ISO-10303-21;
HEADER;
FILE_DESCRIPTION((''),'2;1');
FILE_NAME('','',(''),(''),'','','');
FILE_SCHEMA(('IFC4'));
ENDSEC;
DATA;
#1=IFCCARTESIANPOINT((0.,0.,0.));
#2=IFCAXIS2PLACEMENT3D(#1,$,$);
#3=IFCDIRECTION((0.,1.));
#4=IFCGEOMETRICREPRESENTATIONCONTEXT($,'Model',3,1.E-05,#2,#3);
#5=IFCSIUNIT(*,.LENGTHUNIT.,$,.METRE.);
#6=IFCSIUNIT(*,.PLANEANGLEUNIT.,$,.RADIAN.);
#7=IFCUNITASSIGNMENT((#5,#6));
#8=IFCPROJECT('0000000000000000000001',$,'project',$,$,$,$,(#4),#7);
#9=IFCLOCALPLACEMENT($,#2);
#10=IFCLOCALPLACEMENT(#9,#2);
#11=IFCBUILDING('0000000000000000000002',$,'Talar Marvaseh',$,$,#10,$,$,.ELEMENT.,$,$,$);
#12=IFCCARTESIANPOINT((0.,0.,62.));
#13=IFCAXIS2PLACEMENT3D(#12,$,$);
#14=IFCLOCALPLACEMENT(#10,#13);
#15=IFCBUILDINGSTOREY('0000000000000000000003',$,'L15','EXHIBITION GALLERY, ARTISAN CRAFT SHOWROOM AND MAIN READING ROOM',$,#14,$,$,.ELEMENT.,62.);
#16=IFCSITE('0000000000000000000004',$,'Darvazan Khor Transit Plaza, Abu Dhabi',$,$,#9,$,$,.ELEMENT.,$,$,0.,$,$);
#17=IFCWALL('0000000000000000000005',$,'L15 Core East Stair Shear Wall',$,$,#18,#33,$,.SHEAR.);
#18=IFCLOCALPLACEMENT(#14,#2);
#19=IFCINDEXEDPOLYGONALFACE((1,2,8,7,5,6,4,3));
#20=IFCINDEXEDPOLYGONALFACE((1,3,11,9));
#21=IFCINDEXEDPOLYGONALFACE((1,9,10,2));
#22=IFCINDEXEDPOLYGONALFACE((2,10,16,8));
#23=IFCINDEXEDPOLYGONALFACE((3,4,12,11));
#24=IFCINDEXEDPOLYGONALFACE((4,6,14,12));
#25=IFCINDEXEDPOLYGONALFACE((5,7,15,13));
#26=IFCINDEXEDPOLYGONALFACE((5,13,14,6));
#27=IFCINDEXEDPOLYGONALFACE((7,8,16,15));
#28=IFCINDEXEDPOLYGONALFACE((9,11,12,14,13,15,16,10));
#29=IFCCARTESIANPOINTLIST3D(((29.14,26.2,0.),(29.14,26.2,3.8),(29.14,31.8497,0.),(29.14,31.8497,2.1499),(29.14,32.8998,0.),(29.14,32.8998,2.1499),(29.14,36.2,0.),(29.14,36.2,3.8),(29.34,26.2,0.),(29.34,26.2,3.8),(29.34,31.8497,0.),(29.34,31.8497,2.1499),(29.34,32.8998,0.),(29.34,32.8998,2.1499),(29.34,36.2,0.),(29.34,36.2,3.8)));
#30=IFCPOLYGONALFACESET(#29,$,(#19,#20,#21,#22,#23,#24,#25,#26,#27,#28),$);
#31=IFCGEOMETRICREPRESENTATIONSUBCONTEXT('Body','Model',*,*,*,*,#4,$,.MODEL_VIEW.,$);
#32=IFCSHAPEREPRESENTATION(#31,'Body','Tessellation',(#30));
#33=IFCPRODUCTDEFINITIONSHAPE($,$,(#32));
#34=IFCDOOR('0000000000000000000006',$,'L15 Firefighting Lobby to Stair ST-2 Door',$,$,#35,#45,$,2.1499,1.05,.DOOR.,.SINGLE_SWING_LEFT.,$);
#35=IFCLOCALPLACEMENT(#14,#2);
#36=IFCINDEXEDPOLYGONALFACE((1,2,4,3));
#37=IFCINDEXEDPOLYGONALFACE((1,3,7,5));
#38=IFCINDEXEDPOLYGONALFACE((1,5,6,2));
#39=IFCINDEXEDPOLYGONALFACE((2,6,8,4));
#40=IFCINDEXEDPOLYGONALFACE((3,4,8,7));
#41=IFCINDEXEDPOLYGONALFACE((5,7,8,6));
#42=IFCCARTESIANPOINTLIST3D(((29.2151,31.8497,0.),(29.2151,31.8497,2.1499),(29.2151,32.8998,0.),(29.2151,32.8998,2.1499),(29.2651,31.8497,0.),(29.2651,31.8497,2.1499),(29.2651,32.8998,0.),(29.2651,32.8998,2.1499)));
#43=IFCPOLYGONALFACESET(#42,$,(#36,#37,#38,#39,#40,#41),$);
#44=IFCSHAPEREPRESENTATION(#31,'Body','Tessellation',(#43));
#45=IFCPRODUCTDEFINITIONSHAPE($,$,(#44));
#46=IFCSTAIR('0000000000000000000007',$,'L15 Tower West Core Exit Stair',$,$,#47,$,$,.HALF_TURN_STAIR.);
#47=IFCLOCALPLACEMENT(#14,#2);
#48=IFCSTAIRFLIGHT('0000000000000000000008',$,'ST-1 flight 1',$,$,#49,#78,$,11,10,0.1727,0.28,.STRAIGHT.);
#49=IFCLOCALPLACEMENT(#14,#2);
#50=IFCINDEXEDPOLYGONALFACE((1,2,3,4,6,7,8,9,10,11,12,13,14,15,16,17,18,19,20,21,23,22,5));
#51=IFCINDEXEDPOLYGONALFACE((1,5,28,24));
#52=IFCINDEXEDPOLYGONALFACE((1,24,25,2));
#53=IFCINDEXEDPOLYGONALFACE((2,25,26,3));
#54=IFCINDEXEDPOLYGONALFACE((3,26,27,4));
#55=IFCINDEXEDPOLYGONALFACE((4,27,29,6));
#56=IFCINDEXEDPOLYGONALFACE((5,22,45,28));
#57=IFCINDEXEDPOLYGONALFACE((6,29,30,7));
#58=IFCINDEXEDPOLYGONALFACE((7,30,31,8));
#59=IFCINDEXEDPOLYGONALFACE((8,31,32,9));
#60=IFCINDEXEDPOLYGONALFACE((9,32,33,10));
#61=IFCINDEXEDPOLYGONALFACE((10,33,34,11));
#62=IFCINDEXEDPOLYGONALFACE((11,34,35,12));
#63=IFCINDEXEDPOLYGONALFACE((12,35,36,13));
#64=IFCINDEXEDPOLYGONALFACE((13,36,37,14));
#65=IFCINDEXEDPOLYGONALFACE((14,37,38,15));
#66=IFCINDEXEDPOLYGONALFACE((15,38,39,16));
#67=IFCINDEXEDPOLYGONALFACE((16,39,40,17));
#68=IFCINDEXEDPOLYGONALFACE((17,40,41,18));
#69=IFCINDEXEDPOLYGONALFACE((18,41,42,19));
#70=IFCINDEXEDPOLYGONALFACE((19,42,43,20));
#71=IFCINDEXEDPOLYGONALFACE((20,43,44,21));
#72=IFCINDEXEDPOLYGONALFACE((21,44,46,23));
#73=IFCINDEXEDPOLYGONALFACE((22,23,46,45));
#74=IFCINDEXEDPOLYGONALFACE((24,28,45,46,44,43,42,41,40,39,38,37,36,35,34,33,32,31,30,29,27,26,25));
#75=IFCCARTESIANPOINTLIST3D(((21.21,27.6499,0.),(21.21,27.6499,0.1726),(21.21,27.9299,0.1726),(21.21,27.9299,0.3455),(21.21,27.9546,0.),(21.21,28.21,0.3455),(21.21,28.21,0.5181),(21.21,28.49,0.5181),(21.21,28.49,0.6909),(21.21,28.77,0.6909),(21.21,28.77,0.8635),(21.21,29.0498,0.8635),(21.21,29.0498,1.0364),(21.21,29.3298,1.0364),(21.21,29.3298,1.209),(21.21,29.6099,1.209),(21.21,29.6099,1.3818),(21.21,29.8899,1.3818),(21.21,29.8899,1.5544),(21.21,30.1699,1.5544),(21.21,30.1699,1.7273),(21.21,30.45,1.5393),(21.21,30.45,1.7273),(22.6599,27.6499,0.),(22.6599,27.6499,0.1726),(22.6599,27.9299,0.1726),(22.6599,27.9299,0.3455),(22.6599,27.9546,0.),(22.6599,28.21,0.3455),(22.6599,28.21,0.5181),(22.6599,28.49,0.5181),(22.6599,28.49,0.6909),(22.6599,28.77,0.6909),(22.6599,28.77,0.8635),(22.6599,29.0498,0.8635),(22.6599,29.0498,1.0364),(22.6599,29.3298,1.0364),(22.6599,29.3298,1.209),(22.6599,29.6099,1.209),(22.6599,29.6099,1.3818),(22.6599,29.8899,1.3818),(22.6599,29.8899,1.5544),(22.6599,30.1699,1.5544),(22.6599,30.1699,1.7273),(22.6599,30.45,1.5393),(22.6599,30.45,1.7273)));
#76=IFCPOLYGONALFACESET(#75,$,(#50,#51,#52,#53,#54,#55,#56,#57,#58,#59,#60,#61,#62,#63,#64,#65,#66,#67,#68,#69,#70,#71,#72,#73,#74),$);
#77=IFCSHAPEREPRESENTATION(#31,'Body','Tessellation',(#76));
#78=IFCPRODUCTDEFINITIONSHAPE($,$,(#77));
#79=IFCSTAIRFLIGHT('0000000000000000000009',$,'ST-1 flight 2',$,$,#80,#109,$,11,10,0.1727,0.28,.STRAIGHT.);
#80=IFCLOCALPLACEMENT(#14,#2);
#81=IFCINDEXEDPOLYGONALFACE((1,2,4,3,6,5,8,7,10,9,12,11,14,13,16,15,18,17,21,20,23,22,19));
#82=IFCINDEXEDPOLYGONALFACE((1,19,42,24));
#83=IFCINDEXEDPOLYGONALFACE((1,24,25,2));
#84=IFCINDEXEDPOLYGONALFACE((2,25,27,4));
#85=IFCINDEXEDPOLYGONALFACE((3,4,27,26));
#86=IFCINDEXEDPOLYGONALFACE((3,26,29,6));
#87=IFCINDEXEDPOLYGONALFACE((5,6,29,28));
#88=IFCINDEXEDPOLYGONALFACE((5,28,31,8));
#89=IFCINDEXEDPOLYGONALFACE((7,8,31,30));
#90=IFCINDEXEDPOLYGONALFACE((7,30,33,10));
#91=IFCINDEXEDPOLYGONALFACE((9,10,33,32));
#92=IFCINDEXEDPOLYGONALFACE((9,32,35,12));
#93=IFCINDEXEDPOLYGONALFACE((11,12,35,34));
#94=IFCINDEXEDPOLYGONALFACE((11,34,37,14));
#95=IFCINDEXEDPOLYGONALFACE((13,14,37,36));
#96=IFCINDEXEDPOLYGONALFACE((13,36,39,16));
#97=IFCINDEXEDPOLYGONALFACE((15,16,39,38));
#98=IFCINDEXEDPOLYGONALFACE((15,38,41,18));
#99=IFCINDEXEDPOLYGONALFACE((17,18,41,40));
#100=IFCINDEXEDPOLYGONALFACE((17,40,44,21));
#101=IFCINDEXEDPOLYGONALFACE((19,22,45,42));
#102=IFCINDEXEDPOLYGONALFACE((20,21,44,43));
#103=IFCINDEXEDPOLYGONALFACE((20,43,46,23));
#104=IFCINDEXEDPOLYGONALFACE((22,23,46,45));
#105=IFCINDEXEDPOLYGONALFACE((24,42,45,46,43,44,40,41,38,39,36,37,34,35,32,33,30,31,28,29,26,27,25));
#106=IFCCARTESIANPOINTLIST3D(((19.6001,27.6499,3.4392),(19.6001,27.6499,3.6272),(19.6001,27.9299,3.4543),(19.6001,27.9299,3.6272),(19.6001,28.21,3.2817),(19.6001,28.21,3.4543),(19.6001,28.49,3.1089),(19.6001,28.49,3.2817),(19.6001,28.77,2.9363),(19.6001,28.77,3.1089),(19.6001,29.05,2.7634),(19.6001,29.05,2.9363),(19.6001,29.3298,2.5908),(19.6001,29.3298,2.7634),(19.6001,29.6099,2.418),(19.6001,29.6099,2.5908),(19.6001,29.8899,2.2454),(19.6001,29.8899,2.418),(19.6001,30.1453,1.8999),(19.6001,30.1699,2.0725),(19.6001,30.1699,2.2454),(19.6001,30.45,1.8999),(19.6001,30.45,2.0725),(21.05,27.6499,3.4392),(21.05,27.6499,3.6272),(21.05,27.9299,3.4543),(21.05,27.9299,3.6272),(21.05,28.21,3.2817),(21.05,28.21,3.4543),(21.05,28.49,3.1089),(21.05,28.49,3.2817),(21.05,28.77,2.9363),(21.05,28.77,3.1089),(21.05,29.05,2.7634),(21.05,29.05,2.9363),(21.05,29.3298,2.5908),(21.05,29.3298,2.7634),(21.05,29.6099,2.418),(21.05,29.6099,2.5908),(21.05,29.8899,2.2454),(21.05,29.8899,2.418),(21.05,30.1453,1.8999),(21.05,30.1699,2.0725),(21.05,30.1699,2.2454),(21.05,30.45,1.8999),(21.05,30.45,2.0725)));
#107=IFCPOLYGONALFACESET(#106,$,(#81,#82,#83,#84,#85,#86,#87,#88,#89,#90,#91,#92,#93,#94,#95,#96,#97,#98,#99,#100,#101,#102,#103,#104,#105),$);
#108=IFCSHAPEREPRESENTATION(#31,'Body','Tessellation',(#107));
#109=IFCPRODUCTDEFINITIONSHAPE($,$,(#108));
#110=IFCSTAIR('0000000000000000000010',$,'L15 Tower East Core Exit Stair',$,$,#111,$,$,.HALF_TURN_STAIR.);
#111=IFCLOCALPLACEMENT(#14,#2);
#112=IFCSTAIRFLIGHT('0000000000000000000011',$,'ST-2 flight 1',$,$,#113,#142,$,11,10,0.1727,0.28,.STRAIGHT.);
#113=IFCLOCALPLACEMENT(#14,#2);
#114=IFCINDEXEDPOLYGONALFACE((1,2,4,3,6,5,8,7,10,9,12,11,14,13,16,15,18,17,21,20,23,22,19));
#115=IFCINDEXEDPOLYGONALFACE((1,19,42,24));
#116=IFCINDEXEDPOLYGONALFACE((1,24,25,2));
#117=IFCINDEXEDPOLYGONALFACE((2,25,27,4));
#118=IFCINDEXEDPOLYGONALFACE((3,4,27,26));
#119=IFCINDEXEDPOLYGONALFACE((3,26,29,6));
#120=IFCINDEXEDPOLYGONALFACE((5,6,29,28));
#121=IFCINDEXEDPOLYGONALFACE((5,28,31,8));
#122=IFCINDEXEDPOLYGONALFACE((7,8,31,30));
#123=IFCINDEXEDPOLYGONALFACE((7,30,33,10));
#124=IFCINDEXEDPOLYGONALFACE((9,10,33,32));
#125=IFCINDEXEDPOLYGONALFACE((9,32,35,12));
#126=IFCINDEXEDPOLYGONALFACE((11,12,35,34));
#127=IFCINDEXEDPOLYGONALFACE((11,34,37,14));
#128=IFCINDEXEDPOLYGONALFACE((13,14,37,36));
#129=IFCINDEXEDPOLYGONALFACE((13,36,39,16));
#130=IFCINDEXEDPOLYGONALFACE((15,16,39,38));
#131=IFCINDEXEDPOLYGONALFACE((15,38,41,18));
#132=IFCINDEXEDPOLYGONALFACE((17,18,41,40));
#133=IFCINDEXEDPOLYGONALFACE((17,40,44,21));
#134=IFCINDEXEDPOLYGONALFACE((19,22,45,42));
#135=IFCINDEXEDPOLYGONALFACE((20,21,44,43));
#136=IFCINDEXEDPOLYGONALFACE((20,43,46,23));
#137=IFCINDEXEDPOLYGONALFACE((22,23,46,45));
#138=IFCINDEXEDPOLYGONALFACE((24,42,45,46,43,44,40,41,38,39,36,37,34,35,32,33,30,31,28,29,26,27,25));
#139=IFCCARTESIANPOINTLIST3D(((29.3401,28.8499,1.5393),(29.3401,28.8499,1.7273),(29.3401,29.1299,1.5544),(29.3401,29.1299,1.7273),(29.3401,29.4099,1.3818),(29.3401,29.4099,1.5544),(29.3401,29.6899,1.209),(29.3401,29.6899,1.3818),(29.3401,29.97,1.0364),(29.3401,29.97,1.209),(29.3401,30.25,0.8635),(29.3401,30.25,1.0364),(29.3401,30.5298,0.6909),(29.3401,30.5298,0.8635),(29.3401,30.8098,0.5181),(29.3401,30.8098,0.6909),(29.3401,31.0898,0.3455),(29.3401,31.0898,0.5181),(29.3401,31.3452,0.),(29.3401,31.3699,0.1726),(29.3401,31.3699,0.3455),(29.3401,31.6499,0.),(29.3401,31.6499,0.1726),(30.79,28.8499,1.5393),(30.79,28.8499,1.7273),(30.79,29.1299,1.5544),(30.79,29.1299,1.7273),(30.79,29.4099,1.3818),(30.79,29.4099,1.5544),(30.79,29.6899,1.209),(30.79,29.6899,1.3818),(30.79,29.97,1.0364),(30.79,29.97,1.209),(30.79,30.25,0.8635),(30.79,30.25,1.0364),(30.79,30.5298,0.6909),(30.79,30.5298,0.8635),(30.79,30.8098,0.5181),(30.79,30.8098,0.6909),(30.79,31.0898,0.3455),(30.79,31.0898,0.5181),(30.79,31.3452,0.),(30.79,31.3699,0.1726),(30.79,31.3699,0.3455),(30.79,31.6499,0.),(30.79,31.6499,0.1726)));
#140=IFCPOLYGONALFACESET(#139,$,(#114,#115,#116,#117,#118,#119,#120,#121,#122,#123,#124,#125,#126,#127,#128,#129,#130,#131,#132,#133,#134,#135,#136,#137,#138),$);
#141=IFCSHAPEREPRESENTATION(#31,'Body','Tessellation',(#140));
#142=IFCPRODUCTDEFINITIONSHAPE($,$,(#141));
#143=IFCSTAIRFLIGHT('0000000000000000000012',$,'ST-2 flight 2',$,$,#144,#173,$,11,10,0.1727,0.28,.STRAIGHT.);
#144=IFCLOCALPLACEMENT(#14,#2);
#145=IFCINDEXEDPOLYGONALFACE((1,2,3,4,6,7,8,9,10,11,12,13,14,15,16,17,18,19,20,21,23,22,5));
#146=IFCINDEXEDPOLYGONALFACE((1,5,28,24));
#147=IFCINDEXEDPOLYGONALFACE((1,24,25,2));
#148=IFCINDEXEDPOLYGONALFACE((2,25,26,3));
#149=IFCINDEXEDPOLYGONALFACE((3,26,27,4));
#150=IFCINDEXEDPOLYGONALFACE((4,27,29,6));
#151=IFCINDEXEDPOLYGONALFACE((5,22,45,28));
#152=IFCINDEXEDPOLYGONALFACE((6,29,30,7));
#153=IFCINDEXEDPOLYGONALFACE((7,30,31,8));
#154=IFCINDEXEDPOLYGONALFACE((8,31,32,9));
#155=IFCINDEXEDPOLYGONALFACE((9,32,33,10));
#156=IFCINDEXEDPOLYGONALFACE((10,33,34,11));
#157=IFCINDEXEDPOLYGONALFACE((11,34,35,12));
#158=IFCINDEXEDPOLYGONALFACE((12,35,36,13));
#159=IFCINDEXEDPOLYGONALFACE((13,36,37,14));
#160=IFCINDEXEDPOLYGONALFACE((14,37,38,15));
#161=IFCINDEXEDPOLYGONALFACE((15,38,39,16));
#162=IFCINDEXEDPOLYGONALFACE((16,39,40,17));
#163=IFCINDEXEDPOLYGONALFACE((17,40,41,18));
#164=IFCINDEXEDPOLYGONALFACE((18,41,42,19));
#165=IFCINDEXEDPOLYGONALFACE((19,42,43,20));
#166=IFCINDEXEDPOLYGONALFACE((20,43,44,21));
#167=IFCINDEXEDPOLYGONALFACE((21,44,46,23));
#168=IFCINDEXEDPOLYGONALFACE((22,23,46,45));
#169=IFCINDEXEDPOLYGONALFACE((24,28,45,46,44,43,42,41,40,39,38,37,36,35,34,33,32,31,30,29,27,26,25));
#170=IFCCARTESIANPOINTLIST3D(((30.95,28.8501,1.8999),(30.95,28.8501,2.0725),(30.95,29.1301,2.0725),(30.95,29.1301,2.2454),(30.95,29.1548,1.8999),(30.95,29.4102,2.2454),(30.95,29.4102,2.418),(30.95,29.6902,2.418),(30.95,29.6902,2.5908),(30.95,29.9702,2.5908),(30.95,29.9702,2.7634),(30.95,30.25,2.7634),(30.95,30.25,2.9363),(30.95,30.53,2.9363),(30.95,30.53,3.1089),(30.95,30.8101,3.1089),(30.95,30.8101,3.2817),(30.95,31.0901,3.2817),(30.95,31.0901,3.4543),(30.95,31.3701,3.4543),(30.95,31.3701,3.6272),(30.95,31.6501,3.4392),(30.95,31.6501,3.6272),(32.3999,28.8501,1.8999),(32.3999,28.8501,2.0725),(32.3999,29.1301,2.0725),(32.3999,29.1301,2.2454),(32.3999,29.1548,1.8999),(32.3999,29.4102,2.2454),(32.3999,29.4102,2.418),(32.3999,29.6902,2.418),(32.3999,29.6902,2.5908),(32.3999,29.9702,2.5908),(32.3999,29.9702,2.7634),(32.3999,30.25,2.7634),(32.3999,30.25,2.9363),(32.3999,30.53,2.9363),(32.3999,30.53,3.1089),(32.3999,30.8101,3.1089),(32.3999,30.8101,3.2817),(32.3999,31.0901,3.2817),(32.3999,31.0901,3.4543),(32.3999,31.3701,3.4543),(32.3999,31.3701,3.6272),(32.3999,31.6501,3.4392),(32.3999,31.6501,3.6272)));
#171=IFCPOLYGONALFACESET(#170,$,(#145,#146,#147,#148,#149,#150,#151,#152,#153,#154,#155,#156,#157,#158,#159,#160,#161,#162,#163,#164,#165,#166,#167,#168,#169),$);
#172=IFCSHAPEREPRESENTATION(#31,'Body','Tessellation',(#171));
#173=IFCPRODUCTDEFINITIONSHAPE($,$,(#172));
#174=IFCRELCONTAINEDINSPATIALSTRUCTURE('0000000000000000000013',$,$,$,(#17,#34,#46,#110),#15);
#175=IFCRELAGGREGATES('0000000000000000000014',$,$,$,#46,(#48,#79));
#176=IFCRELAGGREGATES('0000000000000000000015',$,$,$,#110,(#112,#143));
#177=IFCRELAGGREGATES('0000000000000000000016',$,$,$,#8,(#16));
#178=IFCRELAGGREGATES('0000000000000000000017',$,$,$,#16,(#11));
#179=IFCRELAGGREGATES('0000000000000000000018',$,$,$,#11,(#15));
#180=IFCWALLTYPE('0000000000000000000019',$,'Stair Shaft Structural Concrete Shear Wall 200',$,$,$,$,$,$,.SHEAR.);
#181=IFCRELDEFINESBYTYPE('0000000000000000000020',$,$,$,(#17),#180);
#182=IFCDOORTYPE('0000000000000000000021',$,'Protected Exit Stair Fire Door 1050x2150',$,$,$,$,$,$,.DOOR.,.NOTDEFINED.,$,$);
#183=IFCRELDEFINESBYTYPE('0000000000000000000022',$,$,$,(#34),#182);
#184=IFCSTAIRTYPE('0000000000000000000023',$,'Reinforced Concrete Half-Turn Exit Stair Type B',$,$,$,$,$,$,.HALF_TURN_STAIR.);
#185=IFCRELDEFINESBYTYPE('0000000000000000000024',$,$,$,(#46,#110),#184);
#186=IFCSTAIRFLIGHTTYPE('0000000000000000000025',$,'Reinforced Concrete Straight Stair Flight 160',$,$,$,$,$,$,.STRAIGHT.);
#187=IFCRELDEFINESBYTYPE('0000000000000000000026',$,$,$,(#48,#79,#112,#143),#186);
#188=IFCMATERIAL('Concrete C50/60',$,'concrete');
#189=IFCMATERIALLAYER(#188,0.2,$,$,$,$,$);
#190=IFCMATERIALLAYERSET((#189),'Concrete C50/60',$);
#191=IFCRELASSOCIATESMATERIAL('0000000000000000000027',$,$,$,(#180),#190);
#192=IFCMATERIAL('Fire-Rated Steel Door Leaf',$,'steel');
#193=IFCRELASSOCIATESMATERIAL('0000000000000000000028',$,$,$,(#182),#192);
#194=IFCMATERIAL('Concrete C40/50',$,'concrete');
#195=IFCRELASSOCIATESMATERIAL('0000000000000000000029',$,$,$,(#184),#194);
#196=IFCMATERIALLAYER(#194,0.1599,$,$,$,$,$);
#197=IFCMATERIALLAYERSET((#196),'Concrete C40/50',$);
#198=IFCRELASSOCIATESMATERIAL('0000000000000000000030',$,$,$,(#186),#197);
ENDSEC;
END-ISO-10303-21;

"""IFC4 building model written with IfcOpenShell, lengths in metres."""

from ifc_helpers import new_model, si_unit, direction, frame, frame_2d, origin, place, context, subcontext, project, spatial, polyline, rectangle, outline, extrude, source, transform, mapped, material, layer, layer_set, type_object, type_shapes, element, fill, aggregate, save


model = new_model("IFC4")

# Units and contexts
model_context = context("Model", 3, precision=1e-05, world=origin(), true_north=direction((0.0, 1.0)))
body_context = subcontext(model_context, "Body", "Model", "MODEL_VIEW")
ifc_project = project(units=[si_unit("LENGTHUNIT", "METRE"), si_unit("PLANEANGLEUNIT", "RADIAN")], contexts=[model_context])

# Site, building, storey
site_placement = place(None, origin())
site = spatial("IfcSite", under=ifc_project, at=site_placement, Name="Darvazan Khor Transit Plaza, Abu Dhabi", CompositionType="ELEMENT", RefElevation=0.0)
building_placement = place(site_placement, origin())
building = spatial("IfcBuilding", under=site, at=building_placement, Name="Talar Marvaseh", CompositionType="ELEMENT")
storey_placement = place(building_placement, frame((0.0, 0.0, 62.0)))
storey = spatial("IfcBuildingStorey", under=building, at=storey_placement, Name="L15", Description="EXHIBITION GALLERY, ARTISAN CRAFT SHOWROOM AND MAIN READING ROOM", CompositionType="ELEMENT", Elevation=62.0)

# Shared definitions
ifc_material_1 = material(Name="Concrete C40/50", Category="concrete")

# Shared definitions
ifc_material_2 = material(Name="Fire-Rated Steel Door Leaf", Category="steel")

# Shared definitions
ifc_material_3 = material(Name="Concrete C50/60", Category="concrete")
ifc_layer_1 = layer(ifc_material_3, 0.2)
ifc_layer_set_1 = layer_set([ifc_layer_1], Name="Concrete C50/60")
wall_type_1 = type_object("IfcWallType", Name="Stair Shaft Structural Concrete Shear Wall 200", PredefinedType="SHEAR", material=ifc_layer_set_1)

# Wall, opening, door
wall_1_placement = place(storey_placement, frame((29.24, 26.2, 0.0), z_axis=(0.0, 0.0, 1.0), x_axis=(0.0, 1.0, 0.0)))
wall_1 = element("IfcWall", 1, at=wall_1_placement, inside=storey, type_object=wall_type_1, Name="L15 Core East Stair Shear Wall", PredefinedType="SHEAR", context=body_context, shape_type="SweptSolid", body=[
    extrude(rectangle(XDim=10.0, YDim=0.2, at=frame_2d((5.0, 0.0))), origin(), (0.0, 0.0, 1.0), 3.8),
])
opening_1_placement = place(wall_1_placement, frame((5.6499, 0.0, 0.0)))
opening_1 = element("IfcOpeningElement", 2, at=opening_1_placement, cuts=wall_1, PredefinedType="OPENING", context=body_context, shape_type="SweptSolid", body=[
    extrude(rectangle(XDim=1.05, YDim=2.1499, at=frame_2d((0.5249, 1.075))), frame((0.0, 0.1099, 0.0), z_axis=(0.0, -1.0, 0.0), x_axis=(1.0, 0.0, 0.0)), (0.0, 0.0, 1.0), 0.22),
])
door_type_1 = type_object("IfcDoorType", Name="Protected Exit Stair Fire Door 1050x2150", OperationType="NOTDEFINED", PredefinedType="DOOR", material=ifc_material_2)
shared_shape_1 = source(origin(), body_context, "Body", "SweptSolid", [
    extrude(rectangle(XDim=1.05, YDim=2.1499, at=frame_2d((0.5249, 1.075))), frame((0.0, 0.0249, 0.0), z_axis=(0.0, -1.0, 0.0), x_axis=(1.0, 0.0, 0.0)), (0.0, 0.0, 1.0), 0.05),
])
type_shapes(door_type_1, [shared_shape_1])
door_1_placement = place(opening_1_placement, origin())
door_1 = element("IfcDoor", 3, at=door_1_placement, inside=storey, type_object=door_type_1, Name="L15 Firefighting Lobby to Stair ST-2 Door", OperationType="SINGLE_SWING_LEFT", OverallHeight=2.1499, OverallWidth=1.05, PredefinedType="DOOR", context=body_context, shape_type="MappedRepresentation", body=[
    mapped(shared_shape_1, transform((0.0, 0.0, 0.0), x_axis=(1.0, 0.0, 0.0), y_axis=(0.0, 1.0, 0.0), z_axis=(0.0, 0.0, 1.0), scale=1.0)),
])
fill(opening_1, door_1)

# Stairs, stair flights
stair_type = type_object("IfcStairType", Name="Reinforced Concrete Half-Turn Exit Stair Type B", PredefinedType="HALF_TURN_STAIR", material=ifc_material_1)
stair_1_placement = place(storey_placement, origin())
stair_1 = element("IfcStair", 4, at=stair_1_placement, inside=storey, type_object=stair_type, Name="L15 Tower West Core Exit Stair", PredefinedType="HALF_TURN_STAIR")
ifc_layer_2 = layer(ifc_material_1, 0.1599)
ifc_layer_set_2 = layer_set([ifc_layer_2], Name="Concrete C40/50")
stair_flight_type = type_object("IfcStairFlightType", Name="Reinforced Concrete Straight Stair Flight 160", PredefinedType="STRAIGHT", material=ifc_layer_set_2)
stair_flight_1_placement = place(storey_placement, frame((21.9351, 27.6499, 0.0), z_axis=(0.0, 0.0, 1.0), x_axis=(0.0, 1.0, 0.0)))
stair_flight_1 = element("IfcStairFlight", 5, at=stair_flight_1_placement, type_object=stair_flight_type, Name="ST-1 flight 1", NumberOfRisers=11, NumberOfTreads=10, PredefinedType="STRAIGHT", RiserHeight=0.1727, TreadLength=0.28, context=body_context, shape_type="SweptSolid", body=[
    extrude(outline(polyline([(0.0, 0.0), (0.0, 0.1726), (0.28, 0.1726), (0.28, 0.3455), (0.5601, 0.3455), (0.5601, 0.5181), (0.8401, 0.5181), (0.8401, 0.6909), (1.1201, 0.6909), (1.1201, 0.8635), (1.3999, 0.8635), (1.3999, 1.0364), (1.6799, 1.0364), (1.6799, 1.209), (1.96, 1.209), (1.96, 1.3818), (2.24, 1.3818), (2.24, 1.5544), (2.52, 1.5544), (2.52, 1.7273), (2.8, 1.7273), (2.8, 1.8999), (2.8, 1.5393), (0.3047, 0.0), (0.0, 0.0)])), frame((0.0, 0.7251, 0.0), z_axis=(0.0, -1.0, 0.0), x_axis=(1.0, 0.0, 0.0)), (0.0, 0.0, 1.0), 1.45),
])
stair_flight_2_placement = place(storey_placement, frame((20.325, 30.45, 1.8999), z_axis=(0.0, 0.0, 1.0), x_axis=(0.0, -1.0, 0.0)))
stair_flight_2 = element("IfcStairFlight", 6, at=stair_flight_2_placement, type_object=stair_flight_type, Name="ST-1 flight 2", NumberOfRisers=11, NumberOfTreads=10, PredefinedType="STRAIGHT", RiserHeight=0.1727, TreadLength=0.28, context=body_context, shape_type="SweptSolid", body=[
    extrude(outline(polyline([(0.0, 0.0), (0.0, 0.1726), (0.28, 0.1726), (0.28, 0.3455), (0.5601, 0.3455), (0.5601, 0.5181), (0.8401, 0.5181), (0.8401, 0.6909), (1.1201, 0.6909), (1.1201, 0.8635), (1.3999, 0.8635), (1.3999, 1.0364), (1.6799, 1.0364), (1.6799, 1.209), (1.96, 1.209), (1.96, 1.3818), (2.24, 1.3818), (2.24, 1.5544), (2.52, 1.5544), (2.52, 1.7273), (2.8, 1.7273), (2.8, 1.8999), (2.8, 1.5393), (0.3047, 0.0), (0.0, 0.0)])), frame((0.0, 0.7251, 0.0), z_axis=(0.0, -1.0, 0.0), x_axis=(1.0, 0.0, 0.0)), (0.0, 0.0, 1.0), 1.45),
])
aggregate(stair_1, [stair_flight_1, stair_flight_2])
stair_2_placement = place(storey_placement, origin())
stair_2 = element("IfcStair", 7, at=stair_2_placement, inside=storey, type_object=stair_type, Name="L15 Tower East Core Exit Stair", PredefinedType="HALF_TURN_STAIR")
stair_flight_3_placement = place(storey_placement, frame((30.0649, 31.6499, 0.0), z_axis=(0.0, 0.0, 1.0), x_axis=(0.0, -1.0, 0.0)))
stair_flight_3 = element("IfcStairFlight", 8, at=stair_flight_3_placement, type_object=stair_flight_type, Name="ST-2 flight 1", NumberOfRisers=11, NumberOfTreads=10, PredefinedType="STRAIGHT", RiserHeight=0.1727, TreadLength=0.28, context=body_context, shape_type="SweptSolid", body=[
    extrude(outline(polyline([(0.0, 0.0), (0.0, 0.1726), (0.28, 0.1726), (0.28, 0.3455), (0.5601, 0.3455), (0.5601, 0.5181), (0.8401, 0.5181), (0.8401, 0.6909), (1.1201, 0.6909), (1.1201, 0.8635), (1.3999, 0.8635), (1.3999, 1.0364), (1.6799, 1.0364), (1.6799, 1.209), (1.96, 1.209), (1.96, 1.3818), (2.24, 1.3818), (2.24, 1.5544), (2.52, 1.5544), (2.52, 1.7273), (2.8, 1.7273), (2.8, 1.8999), (2.8, 1.5393), (0.3047, 0.0), (0.0, 0.0)])), frame((0.0, 0.7251, 0.0), z_axis=(0.0, -1.0, 0.0), x_axis=(1.0, 0.0, 0.0)), (0.0, 0.0, 1.0), 1.45),
])
stair_flight_4_placement = place(storey_placement, frame((31.675, 28.8501, 1.8999), z_axis=(0.0, 0.0, 1.0), x_axis=(0.0, 1.0, 0.0)))
stair_flight_4 = element("IfcStairFlight", 9, at=stair_flight_4_placement, type_object=stair_flight_type, Name="ST-2 flight 2", NumberOfRisers=11, NumberOfTreads=10, PredefinedType="STRAIGHT", RiserHeight=0.1727, TreadLength=0.28, context=body_context, shape_type="SweptSolid", body=[
    extrude(outline(polyline([(0.0, 0.0), (0.0, 0.1726), (0.28, 0.1726), (0.28, 0.3455), (0.5601, 0.3455), (0.5601, 0.5181), (0.8401, 0.5181), (0.8401, 0.6909), (1.1201, 0.6909), (1.1201, 0.8635), (1.3999, 0.8635), (1.3999, 1.0364), (1.6799, 1.0364), (1.6799, 1.209), (1.96, 1.209), (1.96, 1.3818), (2.24, 1.3818), (2.24, 1.5544), (2.52, 1.5544), (2.52, 1.7273), (2.8, 1.7273), (2.8, 1.8999), (2.8, 1.5393), (0.3047, 0.0), (0.0, 0.0)])), frame((0.0, 0.7251, 0.0), z_axis=(0.0, -1.0, 0.0), x_axis=(1.0, 0.0, 0.0)), (0.0, 0.0, 1.0), 1.45),
])
aggregate(stair_2, [stair_flight_3, stair_flight_4])

save(model, "model.ifc")
